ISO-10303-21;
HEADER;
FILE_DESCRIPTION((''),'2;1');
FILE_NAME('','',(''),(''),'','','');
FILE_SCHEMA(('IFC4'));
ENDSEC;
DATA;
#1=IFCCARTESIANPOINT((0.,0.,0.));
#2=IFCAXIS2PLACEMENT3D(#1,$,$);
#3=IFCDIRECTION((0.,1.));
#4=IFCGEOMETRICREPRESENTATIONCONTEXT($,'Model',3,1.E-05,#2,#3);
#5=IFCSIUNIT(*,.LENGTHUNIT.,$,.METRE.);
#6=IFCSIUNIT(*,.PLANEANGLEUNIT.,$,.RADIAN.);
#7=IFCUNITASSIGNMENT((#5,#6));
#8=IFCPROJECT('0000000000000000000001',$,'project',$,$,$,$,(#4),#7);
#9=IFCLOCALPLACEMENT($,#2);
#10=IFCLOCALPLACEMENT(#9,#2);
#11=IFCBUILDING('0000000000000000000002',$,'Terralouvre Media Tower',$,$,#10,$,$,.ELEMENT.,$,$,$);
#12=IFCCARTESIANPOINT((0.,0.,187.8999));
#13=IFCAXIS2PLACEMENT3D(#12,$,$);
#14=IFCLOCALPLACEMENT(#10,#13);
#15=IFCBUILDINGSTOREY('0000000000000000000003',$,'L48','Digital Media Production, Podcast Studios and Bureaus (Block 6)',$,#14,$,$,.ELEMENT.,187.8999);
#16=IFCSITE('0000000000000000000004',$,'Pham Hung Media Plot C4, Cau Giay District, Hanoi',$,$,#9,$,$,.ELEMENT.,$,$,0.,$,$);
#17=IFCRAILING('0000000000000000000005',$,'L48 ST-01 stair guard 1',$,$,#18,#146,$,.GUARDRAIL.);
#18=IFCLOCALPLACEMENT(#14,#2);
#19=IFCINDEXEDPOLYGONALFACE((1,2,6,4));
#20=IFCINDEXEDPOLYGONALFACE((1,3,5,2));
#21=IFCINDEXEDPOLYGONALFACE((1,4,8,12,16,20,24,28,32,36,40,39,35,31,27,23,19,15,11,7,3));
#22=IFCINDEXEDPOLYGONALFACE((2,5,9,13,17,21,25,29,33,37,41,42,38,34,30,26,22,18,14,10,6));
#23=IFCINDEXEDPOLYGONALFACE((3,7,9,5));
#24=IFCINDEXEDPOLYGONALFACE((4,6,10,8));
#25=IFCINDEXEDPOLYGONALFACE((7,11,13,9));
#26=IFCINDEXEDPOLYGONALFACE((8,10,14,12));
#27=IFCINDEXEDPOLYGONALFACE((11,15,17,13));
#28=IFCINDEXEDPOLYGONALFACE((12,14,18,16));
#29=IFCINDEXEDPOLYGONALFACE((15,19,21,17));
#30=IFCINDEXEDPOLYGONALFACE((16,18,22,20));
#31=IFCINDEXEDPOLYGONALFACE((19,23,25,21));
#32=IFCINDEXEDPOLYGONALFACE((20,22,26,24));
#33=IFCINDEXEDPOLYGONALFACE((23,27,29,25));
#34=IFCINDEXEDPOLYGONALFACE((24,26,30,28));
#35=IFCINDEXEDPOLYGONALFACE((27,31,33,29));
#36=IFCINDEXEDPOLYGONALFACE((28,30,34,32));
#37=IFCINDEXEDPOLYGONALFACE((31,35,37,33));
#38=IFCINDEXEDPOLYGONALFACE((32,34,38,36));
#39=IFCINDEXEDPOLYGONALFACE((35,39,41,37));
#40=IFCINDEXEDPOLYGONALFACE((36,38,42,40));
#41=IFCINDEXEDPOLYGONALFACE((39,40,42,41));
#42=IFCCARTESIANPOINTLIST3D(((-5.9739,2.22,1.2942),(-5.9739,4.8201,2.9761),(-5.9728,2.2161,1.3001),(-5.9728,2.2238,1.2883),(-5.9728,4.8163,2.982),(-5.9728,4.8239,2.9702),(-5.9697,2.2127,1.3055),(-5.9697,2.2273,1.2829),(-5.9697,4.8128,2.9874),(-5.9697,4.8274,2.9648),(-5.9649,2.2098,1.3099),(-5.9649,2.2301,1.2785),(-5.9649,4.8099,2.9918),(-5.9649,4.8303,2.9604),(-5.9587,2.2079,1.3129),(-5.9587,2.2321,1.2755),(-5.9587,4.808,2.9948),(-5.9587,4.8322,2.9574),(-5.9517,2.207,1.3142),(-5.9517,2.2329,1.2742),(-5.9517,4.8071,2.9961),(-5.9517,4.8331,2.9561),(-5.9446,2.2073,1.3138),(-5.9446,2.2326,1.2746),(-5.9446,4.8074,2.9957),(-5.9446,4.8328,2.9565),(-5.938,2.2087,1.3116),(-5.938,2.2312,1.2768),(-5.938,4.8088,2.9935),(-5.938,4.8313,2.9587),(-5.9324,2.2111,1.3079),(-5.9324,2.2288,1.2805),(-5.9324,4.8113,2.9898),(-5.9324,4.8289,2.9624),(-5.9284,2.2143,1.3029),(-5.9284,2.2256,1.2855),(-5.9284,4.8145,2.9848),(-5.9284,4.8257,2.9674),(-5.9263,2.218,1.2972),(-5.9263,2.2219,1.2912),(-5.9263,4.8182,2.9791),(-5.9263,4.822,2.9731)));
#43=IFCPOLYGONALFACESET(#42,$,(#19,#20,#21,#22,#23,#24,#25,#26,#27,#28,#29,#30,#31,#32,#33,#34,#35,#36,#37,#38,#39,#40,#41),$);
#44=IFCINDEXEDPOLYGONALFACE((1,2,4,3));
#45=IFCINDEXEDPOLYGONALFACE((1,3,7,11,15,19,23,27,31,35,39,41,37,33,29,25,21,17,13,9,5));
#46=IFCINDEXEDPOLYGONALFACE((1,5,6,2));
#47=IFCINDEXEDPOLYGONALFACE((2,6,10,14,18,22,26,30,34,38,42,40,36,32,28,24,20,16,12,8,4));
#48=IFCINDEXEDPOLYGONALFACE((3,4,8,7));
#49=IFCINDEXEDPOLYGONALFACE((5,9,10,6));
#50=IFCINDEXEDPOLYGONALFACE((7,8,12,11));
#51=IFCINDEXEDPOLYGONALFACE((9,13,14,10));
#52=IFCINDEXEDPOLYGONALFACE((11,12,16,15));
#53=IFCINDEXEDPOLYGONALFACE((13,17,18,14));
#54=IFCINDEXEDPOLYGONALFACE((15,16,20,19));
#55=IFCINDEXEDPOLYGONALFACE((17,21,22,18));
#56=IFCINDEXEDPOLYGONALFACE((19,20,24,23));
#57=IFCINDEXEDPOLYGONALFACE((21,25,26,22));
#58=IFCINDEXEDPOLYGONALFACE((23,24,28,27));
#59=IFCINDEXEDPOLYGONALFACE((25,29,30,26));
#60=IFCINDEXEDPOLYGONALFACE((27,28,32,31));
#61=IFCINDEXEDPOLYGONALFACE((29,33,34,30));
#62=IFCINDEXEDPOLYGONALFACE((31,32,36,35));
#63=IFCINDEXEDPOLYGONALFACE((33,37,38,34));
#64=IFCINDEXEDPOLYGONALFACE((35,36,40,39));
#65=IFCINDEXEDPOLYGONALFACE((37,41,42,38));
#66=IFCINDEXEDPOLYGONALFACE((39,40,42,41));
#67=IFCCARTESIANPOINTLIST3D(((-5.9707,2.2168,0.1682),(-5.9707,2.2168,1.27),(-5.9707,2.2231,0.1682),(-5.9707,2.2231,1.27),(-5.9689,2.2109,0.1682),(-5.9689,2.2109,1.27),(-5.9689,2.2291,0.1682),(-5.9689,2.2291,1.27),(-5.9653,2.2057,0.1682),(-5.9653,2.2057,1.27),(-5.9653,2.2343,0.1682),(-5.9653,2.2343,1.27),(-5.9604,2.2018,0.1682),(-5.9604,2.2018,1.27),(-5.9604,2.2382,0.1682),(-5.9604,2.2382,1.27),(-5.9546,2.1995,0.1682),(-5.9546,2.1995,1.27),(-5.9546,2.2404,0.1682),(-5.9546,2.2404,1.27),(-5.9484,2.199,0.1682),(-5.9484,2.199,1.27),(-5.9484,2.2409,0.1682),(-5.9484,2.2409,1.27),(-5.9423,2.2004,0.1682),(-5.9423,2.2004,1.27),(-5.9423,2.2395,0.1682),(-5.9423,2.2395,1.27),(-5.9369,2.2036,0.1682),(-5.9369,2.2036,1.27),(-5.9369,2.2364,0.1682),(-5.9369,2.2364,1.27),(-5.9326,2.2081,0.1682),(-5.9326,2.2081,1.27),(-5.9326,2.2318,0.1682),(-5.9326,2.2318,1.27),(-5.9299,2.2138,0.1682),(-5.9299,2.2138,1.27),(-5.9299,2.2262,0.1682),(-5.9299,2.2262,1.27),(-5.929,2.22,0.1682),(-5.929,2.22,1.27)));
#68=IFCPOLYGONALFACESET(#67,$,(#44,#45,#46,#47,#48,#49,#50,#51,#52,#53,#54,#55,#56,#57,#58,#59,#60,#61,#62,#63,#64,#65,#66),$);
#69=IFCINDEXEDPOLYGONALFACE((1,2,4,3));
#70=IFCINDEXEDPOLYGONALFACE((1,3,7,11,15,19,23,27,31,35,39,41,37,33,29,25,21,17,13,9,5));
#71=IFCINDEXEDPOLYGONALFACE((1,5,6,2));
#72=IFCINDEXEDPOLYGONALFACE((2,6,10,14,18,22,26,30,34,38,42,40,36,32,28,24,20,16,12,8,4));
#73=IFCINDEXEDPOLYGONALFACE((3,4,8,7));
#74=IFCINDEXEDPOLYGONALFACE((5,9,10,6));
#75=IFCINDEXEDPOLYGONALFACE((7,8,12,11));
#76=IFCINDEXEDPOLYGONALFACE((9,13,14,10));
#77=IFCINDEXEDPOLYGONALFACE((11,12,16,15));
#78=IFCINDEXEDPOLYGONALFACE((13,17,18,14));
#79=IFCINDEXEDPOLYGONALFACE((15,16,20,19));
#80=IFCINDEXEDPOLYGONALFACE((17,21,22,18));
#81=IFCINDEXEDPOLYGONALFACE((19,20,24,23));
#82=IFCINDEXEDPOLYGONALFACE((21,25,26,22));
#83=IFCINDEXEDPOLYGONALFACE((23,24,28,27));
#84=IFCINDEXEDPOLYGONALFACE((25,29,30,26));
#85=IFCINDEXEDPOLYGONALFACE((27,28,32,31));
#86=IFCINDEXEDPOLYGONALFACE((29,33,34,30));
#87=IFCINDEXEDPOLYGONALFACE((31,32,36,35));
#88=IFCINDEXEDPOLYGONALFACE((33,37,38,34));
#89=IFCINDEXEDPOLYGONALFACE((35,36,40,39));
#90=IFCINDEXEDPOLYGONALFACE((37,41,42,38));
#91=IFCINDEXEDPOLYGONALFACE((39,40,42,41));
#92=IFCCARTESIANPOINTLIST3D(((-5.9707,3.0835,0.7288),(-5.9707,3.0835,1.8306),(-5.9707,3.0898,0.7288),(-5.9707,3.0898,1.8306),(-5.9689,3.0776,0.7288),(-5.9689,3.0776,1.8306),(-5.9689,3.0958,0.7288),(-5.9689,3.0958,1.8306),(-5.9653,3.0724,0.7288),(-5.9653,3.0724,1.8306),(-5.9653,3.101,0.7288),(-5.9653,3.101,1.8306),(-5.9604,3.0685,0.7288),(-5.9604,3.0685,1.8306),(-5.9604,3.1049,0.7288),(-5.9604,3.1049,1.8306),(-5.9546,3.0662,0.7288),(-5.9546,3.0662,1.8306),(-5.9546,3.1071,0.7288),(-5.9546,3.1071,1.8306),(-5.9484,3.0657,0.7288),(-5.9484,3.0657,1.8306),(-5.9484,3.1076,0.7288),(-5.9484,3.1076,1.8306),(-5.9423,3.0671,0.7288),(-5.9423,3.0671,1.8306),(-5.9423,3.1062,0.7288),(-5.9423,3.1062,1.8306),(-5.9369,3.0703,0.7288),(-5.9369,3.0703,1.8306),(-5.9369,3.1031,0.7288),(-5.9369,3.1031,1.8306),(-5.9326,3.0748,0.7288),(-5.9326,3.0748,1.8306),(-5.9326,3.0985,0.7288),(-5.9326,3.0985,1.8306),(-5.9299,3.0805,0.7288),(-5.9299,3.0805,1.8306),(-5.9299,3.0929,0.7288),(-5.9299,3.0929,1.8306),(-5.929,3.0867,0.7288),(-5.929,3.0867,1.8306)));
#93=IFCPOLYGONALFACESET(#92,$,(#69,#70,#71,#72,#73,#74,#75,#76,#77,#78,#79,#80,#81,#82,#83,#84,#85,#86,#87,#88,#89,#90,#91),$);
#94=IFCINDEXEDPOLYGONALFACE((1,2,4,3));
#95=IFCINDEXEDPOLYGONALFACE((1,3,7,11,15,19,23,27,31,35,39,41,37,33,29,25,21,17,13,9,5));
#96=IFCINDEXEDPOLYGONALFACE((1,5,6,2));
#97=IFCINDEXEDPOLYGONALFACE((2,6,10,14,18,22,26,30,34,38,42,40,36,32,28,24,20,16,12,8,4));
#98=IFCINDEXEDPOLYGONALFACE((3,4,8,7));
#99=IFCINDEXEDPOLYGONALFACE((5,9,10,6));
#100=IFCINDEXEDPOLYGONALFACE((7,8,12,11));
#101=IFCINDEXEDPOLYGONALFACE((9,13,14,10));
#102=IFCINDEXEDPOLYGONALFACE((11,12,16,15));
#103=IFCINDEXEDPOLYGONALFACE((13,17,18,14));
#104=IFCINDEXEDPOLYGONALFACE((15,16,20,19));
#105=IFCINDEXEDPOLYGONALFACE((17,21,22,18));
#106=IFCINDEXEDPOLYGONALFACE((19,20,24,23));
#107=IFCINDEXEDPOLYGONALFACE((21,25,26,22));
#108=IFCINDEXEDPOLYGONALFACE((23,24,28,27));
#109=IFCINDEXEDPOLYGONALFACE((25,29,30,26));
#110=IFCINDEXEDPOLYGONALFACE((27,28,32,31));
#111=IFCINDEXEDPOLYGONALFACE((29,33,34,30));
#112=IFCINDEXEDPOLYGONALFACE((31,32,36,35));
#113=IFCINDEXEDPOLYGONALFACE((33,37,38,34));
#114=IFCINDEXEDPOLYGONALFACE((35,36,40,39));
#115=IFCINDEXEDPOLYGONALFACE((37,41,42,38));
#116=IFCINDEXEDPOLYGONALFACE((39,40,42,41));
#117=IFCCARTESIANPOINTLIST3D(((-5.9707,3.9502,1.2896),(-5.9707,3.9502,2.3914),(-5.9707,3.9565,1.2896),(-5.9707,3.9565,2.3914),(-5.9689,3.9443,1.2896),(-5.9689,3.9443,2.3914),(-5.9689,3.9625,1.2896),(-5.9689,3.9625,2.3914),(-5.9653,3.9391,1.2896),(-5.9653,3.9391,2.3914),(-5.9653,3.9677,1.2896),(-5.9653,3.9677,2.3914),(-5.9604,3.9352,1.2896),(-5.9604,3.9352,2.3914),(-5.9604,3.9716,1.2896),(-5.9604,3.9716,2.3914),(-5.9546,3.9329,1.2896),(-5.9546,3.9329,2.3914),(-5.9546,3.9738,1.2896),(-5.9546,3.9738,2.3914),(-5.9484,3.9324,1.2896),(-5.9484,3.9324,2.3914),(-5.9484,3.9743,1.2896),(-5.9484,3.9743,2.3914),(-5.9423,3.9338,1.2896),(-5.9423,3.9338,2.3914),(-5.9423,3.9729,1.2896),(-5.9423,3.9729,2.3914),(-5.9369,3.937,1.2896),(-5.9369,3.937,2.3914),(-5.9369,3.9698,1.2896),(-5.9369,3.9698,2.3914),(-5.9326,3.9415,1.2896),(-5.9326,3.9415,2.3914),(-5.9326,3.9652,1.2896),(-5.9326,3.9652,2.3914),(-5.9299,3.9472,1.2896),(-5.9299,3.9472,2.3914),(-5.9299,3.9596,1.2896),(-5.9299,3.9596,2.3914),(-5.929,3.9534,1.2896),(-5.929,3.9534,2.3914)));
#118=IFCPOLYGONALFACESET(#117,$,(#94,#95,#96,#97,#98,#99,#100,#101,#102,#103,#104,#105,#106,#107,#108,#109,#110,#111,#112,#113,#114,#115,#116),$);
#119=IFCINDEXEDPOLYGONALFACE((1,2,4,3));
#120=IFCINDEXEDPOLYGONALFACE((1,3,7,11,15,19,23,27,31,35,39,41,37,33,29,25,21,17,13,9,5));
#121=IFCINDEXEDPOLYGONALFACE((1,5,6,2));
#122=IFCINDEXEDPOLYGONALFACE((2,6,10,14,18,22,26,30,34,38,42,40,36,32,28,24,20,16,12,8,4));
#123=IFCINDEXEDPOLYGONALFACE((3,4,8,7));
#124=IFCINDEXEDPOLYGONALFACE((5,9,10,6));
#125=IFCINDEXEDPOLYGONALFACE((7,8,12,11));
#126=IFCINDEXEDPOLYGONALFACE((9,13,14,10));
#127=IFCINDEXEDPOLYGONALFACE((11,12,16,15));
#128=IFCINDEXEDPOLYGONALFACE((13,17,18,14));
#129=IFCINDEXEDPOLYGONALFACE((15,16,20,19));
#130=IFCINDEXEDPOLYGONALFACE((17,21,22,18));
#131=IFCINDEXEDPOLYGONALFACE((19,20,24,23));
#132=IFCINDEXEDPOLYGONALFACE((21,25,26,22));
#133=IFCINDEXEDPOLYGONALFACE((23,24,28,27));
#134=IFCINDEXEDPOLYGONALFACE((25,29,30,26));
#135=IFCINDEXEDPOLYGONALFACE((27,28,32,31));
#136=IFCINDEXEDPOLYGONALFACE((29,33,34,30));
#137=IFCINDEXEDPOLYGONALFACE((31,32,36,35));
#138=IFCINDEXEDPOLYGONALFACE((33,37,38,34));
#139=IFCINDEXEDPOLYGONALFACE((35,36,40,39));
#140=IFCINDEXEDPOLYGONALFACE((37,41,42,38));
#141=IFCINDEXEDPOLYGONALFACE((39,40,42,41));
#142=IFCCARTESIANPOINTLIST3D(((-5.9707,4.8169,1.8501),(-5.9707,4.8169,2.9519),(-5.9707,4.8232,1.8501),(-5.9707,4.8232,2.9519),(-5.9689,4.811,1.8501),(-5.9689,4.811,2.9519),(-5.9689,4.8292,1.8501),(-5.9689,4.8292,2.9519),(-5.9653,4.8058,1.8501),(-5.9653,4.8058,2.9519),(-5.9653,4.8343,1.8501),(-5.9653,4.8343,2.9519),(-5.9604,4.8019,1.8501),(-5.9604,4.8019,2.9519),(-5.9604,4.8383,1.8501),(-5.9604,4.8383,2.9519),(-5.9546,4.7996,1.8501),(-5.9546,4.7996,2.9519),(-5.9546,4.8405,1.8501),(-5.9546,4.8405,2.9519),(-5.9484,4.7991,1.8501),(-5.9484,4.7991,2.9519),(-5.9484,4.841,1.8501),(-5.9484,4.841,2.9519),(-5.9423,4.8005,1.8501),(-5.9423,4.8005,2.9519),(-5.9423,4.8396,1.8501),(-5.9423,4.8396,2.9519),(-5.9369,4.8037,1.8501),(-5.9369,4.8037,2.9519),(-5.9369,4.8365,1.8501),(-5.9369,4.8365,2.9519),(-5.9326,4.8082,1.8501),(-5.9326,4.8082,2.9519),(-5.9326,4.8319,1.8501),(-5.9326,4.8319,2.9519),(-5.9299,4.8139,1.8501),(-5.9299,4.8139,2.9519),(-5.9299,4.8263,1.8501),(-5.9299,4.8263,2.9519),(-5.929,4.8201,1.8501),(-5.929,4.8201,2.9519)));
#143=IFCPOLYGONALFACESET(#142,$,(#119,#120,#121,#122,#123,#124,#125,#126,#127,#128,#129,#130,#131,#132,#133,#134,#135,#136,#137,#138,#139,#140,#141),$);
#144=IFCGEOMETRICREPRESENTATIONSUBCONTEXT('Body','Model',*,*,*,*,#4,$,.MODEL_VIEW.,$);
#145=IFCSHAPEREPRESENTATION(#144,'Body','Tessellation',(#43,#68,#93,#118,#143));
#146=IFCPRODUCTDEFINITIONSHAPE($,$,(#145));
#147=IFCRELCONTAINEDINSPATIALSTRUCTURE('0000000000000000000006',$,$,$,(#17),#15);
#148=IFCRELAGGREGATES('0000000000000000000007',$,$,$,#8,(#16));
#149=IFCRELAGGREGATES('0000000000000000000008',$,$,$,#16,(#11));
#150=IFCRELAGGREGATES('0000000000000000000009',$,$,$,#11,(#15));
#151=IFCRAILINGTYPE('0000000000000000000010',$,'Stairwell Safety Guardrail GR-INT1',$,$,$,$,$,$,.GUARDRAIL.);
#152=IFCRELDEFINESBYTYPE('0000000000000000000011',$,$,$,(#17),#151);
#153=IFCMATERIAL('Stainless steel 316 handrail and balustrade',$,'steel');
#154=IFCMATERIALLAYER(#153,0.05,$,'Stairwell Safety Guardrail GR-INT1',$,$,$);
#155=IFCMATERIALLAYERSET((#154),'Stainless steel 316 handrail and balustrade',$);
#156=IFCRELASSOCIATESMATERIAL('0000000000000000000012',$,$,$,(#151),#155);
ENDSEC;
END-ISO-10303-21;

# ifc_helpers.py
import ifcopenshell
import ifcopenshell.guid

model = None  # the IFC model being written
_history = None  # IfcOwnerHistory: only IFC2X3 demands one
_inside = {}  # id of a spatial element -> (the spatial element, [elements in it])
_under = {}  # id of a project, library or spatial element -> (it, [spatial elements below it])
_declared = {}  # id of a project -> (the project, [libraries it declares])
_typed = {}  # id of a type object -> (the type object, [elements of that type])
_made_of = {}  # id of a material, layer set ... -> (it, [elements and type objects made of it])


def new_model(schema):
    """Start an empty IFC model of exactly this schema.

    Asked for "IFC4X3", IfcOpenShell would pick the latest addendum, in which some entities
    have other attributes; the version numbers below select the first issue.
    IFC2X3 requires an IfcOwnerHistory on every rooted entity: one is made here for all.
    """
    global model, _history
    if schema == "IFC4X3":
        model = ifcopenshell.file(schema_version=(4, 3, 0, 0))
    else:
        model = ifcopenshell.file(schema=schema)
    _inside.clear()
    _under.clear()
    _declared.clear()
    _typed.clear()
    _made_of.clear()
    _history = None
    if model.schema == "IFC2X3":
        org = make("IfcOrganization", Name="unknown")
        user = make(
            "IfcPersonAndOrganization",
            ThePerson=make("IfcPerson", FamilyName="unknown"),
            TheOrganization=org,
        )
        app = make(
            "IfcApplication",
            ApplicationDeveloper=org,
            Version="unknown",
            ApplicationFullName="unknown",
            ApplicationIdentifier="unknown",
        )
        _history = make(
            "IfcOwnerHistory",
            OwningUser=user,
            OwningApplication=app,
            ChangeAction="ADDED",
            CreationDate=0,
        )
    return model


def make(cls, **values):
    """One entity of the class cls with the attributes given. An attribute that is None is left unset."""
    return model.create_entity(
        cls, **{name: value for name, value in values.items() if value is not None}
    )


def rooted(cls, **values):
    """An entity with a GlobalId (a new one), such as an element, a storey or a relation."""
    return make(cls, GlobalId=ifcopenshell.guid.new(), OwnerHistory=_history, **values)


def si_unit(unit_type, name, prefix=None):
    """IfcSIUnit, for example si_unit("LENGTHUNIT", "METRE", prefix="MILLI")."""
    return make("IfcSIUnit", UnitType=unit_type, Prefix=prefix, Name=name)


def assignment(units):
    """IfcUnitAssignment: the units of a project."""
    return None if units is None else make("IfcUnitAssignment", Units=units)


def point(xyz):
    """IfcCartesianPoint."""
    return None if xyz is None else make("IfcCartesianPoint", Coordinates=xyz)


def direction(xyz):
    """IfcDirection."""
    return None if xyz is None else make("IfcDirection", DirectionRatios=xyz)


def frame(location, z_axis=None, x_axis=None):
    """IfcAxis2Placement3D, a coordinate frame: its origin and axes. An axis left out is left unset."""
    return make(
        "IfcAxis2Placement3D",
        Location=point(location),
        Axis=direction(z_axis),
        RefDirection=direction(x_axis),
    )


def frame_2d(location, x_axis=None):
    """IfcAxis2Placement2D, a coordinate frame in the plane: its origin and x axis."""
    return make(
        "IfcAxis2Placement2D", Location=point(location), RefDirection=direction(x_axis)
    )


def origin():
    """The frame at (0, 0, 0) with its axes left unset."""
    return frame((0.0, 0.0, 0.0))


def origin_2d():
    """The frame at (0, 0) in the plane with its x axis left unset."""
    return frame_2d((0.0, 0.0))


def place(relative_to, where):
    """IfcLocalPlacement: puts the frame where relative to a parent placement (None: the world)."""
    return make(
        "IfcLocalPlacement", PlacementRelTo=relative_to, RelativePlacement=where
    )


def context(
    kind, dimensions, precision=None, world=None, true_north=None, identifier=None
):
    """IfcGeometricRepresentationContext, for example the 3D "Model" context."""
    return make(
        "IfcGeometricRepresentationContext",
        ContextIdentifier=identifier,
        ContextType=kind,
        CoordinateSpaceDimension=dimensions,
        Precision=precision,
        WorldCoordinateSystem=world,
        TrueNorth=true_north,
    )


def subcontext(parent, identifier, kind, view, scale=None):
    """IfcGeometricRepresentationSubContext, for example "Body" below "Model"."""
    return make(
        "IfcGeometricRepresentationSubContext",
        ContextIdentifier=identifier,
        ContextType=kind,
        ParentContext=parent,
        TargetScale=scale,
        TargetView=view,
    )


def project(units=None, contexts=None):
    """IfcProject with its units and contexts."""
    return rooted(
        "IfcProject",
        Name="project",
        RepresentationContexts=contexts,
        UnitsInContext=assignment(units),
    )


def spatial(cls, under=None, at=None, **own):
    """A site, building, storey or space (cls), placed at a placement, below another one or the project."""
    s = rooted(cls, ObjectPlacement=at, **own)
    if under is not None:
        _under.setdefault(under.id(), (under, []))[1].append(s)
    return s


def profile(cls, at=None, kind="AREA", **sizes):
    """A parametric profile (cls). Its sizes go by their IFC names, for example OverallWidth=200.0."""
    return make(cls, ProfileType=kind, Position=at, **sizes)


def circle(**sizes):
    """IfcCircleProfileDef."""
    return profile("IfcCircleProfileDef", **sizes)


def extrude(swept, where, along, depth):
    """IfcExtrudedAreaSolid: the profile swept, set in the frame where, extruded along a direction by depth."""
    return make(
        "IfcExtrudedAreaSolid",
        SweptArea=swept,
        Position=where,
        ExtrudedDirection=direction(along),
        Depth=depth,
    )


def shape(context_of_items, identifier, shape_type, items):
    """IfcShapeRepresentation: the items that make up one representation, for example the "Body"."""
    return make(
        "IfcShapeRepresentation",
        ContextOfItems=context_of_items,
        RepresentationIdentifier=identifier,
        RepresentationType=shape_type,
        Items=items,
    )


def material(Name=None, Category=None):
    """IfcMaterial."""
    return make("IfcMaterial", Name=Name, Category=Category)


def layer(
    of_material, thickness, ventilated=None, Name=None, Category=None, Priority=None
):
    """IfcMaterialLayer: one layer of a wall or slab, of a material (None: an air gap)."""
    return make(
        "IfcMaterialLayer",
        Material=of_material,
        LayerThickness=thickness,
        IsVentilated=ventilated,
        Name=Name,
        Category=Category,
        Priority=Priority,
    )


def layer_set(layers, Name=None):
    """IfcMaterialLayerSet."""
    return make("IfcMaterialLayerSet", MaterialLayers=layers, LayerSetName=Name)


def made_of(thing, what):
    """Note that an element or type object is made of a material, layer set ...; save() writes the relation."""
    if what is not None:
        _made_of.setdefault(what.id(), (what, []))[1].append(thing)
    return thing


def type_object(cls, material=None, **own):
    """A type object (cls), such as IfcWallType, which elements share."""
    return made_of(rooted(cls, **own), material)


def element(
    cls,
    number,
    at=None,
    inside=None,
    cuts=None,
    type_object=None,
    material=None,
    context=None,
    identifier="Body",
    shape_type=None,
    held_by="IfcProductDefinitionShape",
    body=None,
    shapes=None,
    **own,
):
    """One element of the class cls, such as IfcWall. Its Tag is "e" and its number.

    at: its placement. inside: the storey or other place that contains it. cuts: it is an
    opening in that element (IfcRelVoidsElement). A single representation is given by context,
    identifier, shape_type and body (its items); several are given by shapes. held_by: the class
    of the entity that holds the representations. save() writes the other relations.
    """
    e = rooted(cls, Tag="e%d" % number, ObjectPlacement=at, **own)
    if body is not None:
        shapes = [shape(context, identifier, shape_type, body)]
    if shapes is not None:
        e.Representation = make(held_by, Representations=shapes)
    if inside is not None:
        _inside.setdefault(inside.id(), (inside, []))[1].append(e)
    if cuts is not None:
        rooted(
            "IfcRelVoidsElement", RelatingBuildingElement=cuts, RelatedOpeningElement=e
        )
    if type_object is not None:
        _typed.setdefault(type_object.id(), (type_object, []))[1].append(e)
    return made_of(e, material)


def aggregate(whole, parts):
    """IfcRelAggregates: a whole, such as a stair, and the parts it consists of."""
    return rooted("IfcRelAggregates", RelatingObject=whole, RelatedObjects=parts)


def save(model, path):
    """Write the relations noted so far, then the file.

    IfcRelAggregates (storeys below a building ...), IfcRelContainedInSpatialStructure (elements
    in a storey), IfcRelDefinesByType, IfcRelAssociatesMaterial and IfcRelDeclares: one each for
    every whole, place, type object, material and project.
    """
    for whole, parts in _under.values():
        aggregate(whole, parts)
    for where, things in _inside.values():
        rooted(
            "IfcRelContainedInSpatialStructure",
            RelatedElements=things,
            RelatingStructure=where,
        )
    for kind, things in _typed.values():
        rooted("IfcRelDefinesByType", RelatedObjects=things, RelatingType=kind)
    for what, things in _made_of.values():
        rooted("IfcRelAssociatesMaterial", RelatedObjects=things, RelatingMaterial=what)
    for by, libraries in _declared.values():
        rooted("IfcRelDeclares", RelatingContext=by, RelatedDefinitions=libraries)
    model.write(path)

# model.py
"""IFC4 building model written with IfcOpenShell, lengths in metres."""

from ifc_helpers import new_model, si_unit, direction, frame, origin, origin_2d, place, context, subcontext, project, spatial, circle, extrude, material, layer, layer_set, type_object, element, save


model = new_model("IFC4")

# Units and contexts
model_context = context("Model", 3, precision=1e-05, world=origin(), true_north=direction((0.0, 1.0)))
body_context = subcontext(model_context, "Body", "Model", "MODEL_VIEW")
ifc_project = project(units=[si_unit("LENGTHUNIT", "METRE"), si_unit("PLANEANGLEUNIT", "RADIAN")], contexts=[model_context])

# Site, building, storey
site_placement = place(None, origin())
site = spatial("IfcSite", under=ifc_project, at=site_placement, Name="Pham Hung Media Plot C4, Cau Giay District, Hanoi", CompositionType="ELEMENT", RefElevation=0.0)
building_placement = place(site_placement, origin())
building = spatial("IfcBuilding", under=site, at=building_placement, Name="Terralouvre Media Tower", CompositionType="ELEMENT")
storey_placement = place(building_placement, frame((0.0, 0.0, 187.8999)))
storey = spatial("IfcBuildingStorey", under=building, at=storey_placement, Name="L48", Description="Digital Media Production, Podcast Studios and Bureaus (Block 6)", CompositionType="ELEMENT", Elevation=187.8999)

# Railing
ifc_material_1 = material(Name="Stainless steel 316 handrail and balustrade", Category="steel")
ifc_layer_1 = layer(ifc_material_1, 0.05, Name="Stairwell Safety Guardrail GR-INT1")
ifc_layer_set_1 = layer_set([ifc_layer_1], Name="Stainless steel 316 handrail and balustrade")
railing_type_1 = type_object("IfcRailingType", Name="Stairwell Safety Guardrail GR-INT1", PredefinedType="GUARDRAIL", material=ifc_layer_set_1)
railing_1_placement = place(storey_placement, frame((-5.95, 2.22, 0.1682)))
element("IfcRailing", 1, at=railing_1_placement, inside=storey, type_object=railing_type_1, Name="L48 ST-01 stair guard 1", PredefinedType="GUARDRAIL", context=body_context, shape_type="SweptSolid", body=[
    extrude(circle(Radius=0.0239, at=origin_2d()), frame((0.0, 0.0, 1.126), z_axis=(0.0, 0.839648, 0.54313), x_axis=(-1.0, 0.0, 0.0)), (0.0, 0.0, 1.0), 3.0967),
    extrude(circle(Radius=0.021, at=origin_2d()), origin(), (0.0, 0.0, 1.0), 1.1018),
    extrude(circle(Radius=0.021, at=origin_2d()), frame((0.0, 0.8667, 0.5605)), (0.0, 0.0, 1.0), 1.1018),
    extrude(circle(Radius=0.021, at=origin_2d()), frame((0.0, 1.7334, 1.1213)), (0.0, 0.0, 1.0), 1.1018),
    extrude(circle(Radius=0.021, at=origin_2d()), frame((0.0, 2.6001, 1.6819)), (0.0, 0.0, 1.0), 1.1018),
])

save(model, "model.ifc")
